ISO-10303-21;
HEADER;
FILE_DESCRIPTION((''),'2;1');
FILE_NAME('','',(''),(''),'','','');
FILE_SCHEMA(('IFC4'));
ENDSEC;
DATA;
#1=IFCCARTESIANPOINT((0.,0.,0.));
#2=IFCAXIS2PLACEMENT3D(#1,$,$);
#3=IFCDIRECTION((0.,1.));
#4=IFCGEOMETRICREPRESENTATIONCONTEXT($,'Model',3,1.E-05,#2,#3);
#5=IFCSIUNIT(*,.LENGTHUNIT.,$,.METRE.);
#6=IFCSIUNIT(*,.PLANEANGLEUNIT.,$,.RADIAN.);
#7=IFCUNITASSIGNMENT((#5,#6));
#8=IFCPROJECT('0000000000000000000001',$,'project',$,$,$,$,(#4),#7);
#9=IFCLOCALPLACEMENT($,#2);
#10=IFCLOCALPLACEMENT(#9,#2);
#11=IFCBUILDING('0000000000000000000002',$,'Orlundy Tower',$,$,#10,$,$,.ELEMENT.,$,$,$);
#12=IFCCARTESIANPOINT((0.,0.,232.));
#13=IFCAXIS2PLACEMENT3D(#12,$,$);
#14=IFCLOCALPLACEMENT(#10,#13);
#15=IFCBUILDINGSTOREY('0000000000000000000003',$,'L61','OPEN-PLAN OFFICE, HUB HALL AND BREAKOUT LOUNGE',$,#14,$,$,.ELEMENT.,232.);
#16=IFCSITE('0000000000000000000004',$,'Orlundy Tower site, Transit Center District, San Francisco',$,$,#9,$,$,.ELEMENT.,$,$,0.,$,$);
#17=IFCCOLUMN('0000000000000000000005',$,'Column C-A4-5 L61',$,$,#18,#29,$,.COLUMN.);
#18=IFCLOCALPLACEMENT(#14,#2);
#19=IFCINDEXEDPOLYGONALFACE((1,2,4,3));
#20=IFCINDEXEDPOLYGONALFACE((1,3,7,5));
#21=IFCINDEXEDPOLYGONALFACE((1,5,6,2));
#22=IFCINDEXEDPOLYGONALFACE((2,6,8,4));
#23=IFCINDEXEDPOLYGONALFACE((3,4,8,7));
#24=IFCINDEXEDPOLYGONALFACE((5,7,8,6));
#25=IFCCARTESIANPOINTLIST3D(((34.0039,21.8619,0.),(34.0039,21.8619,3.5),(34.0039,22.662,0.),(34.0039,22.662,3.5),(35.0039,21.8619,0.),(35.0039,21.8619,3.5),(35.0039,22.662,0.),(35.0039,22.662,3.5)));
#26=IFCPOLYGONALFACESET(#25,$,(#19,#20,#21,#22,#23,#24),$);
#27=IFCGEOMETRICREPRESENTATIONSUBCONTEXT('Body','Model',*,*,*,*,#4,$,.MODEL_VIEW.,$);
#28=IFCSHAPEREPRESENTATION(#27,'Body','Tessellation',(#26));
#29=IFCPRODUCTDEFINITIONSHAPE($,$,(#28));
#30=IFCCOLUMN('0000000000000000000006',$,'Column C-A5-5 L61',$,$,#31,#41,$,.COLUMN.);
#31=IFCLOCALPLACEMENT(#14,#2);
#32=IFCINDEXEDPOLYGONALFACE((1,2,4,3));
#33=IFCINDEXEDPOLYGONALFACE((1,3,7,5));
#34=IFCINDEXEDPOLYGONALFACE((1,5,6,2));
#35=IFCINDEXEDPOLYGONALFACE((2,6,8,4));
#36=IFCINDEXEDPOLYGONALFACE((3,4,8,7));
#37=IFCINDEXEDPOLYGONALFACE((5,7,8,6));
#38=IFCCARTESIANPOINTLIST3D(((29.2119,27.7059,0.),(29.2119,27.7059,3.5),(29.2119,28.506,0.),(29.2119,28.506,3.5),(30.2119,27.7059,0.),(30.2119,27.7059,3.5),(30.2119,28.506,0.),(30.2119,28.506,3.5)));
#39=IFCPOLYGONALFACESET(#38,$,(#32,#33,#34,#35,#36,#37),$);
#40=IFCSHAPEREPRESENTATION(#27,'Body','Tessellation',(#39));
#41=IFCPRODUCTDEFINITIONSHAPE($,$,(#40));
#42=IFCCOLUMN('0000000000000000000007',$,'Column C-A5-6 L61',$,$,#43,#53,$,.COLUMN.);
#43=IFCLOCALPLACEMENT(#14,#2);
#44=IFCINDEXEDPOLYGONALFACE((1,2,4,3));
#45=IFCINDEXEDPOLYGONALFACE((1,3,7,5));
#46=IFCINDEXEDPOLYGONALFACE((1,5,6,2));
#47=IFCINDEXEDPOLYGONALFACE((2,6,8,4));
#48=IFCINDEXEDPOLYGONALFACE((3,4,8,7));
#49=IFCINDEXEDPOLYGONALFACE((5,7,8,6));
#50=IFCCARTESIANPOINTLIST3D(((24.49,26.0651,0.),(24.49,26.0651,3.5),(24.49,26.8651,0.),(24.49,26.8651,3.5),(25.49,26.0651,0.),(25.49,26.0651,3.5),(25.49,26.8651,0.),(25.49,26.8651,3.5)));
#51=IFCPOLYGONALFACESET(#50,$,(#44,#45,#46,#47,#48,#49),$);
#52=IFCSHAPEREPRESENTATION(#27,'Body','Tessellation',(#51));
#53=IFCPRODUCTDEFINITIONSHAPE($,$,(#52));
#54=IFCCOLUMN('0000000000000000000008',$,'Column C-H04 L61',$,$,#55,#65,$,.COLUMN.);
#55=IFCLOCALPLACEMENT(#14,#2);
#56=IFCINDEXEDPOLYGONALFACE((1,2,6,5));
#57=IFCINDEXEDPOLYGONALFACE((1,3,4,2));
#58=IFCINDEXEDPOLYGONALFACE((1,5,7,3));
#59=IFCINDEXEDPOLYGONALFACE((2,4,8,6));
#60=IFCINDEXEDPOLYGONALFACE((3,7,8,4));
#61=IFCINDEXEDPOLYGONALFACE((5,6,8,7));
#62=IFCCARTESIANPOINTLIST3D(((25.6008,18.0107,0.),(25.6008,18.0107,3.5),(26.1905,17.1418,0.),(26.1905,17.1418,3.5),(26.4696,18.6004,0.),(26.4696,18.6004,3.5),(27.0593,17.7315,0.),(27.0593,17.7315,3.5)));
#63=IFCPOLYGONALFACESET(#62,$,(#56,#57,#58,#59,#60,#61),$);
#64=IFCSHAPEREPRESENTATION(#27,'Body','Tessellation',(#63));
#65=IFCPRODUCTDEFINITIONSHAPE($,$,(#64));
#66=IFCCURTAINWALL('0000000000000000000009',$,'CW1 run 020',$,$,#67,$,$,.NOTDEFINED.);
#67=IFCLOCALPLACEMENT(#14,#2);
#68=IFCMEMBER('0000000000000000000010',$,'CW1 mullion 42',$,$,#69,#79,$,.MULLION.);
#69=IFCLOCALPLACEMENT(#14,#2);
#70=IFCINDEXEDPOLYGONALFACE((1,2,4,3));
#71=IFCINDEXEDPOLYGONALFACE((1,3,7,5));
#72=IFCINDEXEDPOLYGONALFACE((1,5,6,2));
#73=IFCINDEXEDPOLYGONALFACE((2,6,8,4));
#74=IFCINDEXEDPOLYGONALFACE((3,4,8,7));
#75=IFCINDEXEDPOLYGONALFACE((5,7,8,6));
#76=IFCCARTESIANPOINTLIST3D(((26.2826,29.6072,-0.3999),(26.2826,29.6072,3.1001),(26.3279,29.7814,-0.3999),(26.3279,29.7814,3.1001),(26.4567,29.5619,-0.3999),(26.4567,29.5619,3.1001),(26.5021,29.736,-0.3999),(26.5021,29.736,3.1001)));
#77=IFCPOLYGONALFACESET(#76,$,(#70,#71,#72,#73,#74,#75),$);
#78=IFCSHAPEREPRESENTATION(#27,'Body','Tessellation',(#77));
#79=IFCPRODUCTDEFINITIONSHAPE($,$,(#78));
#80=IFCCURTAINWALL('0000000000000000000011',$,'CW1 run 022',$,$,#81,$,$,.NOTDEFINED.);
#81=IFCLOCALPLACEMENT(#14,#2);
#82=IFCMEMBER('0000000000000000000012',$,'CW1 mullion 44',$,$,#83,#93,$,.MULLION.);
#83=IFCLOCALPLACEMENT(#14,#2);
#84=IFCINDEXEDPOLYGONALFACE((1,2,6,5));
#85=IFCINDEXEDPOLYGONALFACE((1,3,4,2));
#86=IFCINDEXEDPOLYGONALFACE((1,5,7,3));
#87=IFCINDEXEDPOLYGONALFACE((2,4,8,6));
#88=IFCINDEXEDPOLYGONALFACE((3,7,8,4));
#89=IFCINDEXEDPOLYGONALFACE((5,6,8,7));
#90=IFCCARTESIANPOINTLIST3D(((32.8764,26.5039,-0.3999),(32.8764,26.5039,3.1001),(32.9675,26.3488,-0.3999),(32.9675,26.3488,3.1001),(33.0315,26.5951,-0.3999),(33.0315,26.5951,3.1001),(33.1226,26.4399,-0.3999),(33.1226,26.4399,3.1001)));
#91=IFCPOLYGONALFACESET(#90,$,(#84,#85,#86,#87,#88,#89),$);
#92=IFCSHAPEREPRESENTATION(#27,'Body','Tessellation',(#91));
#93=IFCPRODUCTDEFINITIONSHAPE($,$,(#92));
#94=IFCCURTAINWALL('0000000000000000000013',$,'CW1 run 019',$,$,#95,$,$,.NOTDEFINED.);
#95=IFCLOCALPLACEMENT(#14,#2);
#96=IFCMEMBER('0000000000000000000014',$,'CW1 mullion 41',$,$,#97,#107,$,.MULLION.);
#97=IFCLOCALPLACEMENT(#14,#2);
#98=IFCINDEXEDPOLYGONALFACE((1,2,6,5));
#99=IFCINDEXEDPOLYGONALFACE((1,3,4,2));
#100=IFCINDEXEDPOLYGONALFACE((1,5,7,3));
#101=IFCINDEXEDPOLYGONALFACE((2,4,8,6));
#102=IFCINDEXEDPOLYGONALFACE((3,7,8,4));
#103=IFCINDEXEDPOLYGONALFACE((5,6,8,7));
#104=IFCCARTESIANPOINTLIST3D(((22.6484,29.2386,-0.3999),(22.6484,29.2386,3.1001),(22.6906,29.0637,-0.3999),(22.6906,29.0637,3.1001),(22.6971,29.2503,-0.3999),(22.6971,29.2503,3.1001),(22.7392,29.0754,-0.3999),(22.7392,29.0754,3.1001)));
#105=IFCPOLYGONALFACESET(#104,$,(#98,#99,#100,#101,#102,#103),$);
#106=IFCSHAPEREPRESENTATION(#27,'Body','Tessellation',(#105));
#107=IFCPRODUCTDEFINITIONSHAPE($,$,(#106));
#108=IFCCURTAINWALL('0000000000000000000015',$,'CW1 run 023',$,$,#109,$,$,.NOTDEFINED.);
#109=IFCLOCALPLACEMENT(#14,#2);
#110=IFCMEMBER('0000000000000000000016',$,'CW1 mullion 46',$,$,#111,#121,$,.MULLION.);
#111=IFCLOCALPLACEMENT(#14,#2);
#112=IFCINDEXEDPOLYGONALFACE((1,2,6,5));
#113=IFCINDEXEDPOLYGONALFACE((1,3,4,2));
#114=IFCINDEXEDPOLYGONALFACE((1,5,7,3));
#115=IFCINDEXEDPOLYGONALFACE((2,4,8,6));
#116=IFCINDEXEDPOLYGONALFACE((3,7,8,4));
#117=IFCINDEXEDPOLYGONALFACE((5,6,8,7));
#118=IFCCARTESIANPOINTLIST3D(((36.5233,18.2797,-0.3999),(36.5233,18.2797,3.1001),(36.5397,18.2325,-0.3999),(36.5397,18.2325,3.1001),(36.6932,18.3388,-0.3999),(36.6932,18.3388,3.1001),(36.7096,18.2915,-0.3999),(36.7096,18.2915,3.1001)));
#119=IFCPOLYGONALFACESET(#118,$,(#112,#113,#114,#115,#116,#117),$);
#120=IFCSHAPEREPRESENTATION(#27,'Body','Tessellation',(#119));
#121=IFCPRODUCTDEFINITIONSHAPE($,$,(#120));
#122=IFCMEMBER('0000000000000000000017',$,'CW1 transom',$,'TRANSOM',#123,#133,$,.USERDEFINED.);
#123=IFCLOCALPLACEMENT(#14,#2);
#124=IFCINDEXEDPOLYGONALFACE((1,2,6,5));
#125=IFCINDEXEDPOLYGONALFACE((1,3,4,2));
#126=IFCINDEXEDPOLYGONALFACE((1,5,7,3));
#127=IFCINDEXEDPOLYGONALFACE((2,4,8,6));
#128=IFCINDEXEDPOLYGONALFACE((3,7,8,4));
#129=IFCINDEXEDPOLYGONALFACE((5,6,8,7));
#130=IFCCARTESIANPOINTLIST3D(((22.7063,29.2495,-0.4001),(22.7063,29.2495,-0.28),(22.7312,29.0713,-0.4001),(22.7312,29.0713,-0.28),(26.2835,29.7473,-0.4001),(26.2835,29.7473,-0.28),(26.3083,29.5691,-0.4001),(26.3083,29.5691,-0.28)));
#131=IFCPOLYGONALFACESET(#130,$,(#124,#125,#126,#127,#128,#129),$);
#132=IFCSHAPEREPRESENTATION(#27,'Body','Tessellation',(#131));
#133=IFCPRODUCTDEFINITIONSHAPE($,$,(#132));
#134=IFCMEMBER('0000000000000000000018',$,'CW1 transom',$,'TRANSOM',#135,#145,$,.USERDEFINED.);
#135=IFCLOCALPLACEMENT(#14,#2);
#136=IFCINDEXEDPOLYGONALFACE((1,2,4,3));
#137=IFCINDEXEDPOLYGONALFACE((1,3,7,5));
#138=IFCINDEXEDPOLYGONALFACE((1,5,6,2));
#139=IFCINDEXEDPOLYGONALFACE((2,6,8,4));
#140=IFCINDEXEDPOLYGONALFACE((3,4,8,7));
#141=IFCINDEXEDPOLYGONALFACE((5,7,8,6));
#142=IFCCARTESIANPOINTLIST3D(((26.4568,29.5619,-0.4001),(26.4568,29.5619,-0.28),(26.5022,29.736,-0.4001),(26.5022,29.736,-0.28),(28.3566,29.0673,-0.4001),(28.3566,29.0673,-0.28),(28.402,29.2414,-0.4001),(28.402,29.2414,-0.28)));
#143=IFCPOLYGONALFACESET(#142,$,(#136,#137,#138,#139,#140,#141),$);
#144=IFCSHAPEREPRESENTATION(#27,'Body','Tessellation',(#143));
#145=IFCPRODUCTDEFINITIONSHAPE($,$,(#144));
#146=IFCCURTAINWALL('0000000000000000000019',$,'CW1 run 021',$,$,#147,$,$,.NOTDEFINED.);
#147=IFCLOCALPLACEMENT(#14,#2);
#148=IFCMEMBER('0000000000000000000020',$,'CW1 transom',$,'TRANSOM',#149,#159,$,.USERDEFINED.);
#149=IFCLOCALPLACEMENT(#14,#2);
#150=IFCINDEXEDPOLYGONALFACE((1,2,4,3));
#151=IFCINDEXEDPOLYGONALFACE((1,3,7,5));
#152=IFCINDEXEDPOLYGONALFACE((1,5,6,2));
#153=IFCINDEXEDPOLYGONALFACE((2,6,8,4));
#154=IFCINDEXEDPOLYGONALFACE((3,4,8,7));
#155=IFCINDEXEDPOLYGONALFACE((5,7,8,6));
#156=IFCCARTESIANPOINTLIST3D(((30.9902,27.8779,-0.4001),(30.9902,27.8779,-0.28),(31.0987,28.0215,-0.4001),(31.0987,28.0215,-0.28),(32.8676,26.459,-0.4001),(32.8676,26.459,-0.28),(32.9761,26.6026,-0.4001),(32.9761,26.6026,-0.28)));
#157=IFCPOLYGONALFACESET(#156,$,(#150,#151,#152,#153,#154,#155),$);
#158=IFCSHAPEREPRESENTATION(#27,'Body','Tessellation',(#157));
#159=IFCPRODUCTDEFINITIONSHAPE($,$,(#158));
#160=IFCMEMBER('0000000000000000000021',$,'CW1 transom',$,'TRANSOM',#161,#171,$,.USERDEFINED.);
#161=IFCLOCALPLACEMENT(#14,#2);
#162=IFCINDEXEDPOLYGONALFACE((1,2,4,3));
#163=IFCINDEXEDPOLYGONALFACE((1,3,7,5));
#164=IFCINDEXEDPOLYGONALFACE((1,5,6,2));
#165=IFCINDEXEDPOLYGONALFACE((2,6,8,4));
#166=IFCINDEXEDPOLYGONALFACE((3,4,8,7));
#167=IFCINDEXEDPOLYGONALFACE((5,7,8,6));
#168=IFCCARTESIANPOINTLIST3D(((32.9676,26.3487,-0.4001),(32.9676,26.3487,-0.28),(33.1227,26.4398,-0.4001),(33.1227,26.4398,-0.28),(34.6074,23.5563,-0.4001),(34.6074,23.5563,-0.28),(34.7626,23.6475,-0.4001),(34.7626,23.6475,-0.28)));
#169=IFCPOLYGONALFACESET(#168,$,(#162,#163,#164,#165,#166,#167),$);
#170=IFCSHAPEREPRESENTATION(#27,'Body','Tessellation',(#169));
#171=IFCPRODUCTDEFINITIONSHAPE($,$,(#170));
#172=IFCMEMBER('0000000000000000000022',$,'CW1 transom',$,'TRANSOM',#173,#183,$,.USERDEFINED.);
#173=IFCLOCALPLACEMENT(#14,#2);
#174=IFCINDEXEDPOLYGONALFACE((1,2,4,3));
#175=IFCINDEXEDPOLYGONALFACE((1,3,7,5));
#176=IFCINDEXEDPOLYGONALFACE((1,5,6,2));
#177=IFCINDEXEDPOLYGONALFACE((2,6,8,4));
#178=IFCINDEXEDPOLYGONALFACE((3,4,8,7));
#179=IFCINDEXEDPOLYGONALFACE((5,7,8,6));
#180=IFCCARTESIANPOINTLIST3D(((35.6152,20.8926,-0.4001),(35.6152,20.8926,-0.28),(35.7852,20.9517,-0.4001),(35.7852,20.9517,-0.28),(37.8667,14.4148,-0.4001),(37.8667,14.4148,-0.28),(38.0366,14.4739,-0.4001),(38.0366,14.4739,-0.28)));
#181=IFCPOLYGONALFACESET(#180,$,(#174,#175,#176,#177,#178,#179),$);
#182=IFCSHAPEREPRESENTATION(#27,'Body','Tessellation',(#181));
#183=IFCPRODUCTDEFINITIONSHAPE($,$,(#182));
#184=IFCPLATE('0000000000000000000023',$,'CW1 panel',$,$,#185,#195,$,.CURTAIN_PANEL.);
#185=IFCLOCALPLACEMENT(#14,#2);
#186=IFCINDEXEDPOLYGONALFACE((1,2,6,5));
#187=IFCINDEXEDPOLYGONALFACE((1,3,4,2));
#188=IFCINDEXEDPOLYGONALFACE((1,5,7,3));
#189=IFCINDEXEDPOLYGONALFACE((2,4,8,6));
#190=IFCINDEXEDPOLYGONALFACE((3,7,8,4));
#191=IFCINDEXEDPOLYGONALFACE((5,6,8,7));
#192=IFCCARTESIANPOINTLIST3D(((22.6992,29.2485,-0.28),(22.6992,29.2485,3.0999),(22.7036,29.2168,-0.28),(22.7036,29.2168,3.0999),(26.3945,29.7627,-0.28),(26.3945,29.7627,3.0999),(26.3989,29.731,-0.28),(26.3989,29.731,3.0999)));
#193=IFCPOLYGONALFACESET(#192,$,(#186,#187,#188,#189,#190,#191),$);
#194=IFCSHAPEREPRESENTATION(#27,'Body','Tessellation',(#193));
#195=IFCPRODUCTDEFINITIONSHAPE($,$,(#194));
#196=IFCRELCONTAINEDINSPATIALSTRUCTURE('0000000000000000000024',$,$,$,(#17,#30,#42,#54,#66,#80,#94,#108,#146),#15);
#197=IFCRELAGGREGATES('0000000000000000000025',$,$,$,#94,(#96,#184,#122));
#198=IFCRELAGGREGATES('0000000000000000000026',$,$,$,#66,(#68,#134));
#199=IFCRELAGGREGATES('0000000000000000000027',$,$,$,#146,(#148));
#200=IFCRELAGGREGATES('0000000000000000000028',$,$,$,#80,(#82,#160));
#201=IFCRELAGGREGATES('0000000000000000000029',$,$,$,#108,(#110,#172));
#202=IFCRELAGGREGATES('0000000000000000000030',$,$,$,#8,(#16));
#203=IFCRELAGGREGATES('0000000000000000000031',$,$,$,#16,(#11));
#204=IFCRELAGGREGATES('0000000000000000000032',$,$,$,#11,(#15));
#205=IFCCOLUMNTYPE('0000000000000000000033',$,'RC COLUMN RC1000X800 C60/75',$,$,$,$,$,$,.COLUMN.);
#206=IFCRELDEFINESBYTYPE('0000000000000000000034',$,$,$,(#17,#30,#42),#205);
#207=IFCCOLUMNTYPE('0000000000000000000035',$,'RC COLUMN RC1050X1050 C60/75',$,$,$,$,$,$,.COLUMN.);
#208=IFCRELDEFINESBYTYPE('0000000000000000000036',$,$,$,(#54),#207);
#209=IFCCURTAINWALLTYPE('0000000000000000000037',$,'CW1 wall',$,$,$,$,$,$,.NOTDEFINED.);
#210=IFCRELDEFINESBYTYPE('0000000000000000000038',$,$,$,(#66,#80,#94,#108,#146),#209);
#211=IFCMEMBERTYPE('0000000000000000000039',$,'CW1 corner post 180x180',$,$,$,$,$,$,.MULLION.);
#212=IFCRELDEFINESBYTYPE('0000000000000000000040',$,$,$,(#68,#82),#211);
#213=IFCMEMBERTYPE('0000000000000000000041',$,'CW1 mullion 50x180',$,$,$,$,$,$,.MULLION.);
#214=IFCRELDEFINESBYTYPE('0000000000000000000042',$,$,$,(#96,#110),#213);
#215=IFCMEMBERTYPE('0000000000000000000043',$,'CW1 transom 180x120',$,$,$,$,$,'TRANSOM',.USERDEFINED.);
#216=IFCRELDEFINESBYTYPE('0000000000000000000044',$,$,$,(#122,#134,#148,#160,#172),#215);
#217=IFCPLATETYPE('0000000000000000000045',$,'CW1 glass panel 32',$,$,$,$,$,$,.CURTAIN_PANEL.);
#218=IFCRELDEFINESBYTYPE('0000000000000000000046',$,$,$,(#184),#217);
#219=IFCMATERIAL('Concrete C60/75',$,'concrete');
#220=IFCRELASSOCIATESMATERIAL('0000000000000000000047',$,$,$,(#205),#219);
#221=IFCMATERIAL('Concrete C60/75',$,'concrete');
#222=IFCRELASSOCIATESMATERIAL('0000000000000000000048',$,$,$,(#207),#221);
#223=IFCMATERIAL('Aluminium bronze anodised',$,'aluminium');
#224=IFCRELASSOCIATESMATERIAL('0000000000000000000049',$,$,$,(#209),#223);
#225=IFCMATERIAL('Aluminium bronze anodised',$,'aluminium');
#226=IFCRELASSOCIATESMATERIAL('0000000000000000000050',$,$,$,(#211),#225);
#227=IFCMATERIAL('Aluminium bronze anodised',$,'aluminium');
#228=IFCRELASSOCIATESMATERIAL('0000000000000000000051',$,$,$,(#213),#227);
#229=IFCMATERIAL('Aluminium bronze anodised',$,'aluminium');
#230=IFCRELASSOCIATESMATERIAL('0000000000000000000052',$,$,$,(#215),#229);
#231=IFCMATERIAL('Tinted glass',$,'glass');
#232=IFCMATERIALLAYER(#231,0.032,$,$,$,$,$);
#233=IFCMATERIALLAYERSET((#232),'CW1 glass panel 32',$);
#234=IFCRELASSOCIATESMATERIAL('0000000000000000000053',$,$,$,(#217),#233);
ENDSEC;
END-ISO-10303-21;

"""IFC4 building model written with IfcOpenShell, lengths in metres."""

from ifc_helpers import new_model, si_unit, direction, frame, origin, origin_2d, place, context, subcontext, project, spatial, rectangle, extrude, material, layer, layer_set, material_profile, profile_set, type_object, element, aggregate, save


model = new_model("IFC4")

# Units and contexts
model_context = context("Model", 3, precision=1e-05, world=origin(), true_north=direction((0.0, 1.0)))
body_context = subcontext(model_context, "Body", "Model", "MODEL_VIEW")
ifc_project = project(units=[si_unit("LENGTHUNIT", "METRE"), si_unit("PLANEANGLEUNIT", "RADIAN")], contexts=[model_context])

# Site, building, storey
site_placement = place(None, origin())
site = spatial("IfcSite", under=ifc_project, at=site_placement, Name="Orlundy Tower site, Transit Center District, San Francisco", CompositionType="ELEMENT", RefElevation=0.0)
building_placement = place(site_placement, origin())
building = spatial("IfcBuilding", under=site, at=building_placement, Name="Orlundy Tower", CompositionType="ELEMENT")
storey_placement = place(building_placement, frame((0.0, 0.0, 232.0)))
storey = spatial("IfcBuildingStorey", under=building, at=storey_placement, Name="L61", Description="OPEN-PLAN OFFICE, HUB HALL AND BREAKOUT LOUNGE", CompositionType="ELEMENT", Elevation=232.0)

# Columns
ifc_material_1 = material(Name="Concrete C60/75", Category="concrete")
ifc_material_profile_1 = material_profile(ifc_material_1, rectangle(XDim=1.0, YDim=0.8, at=origin_2d()), Name="RC1000X800")
ifc_profile_set_1 = profile_set([ifc_material_profile_1], Name="Concrete C60/75")
column_type_1 = type_object("IfcColumnType", Name="RC COLUMN RC1000X800 C60/75", PredefinedType="COLUMN", material=ifc_profile_set_1)
for number, where, z_axis, x_axis, name in (
    (1, (34.5039, 22.262, 0.0), (0.0, 0.0, 1.0), (1.0, 0.0, 0.0), "Column C-A4-5 L61"),
    (2, (29.7119, 28.106, 0.0), (0.0, 0.0, 1.0), (1.0, 0.0, 0.0), "Column C-A5-5 L61"),
    (3, (24.99, 26.4651, 0.0), (0.0, 0.0, 1.0), (1.0, 0.0, 0.0), "Column C-A5-6 L61"),
):
    element("IfcColumn", number, at=place(storey_placement, frame(where, z_axis=z_axis, x_axis=x_axis)), inside=storey, type_object=column_type_1, Name=name, PredefinedType="COLUMN", context=body_context, shape_type="SweptSolid", body=[
        extrude(rectangle(XDim=1.0, YDim=0.8, at=origin_2d()), origin(), (0.0, 0.0, 1.0), 3.5),
    ])
ifc_material_2 = material(Name="Concrete C60/75", Category="concrete")
ifc_material_profile_2 = material_profile(ifc_material_2, rectangle(XDim=1.05, YDim=1.05, at=origin_2d()), Name="RC1050X1050")
ifc_profile_set_2 = profile_set([ifc_material_profile_2], Name="Concrete C60/75")
column_type_2 = type_object("IfcColumnType", Name="RC COLUMN RC1050X1050 C60/75", PredefinedType="COLUMN", material=ifc_profile_set_2)
column_placement = place(storey_placement, frame((26.3301, 17.8711, 0.0), z_axis=(0.0, 0.0, 1.0), x_axis=(0.827414, 0.561592, 0.0)))
element("IfcColumn", 4, at=column_placement, inside=storey, type_object=column_type_2, Name="Column C-H04 L61", PredefinedType="COLUMN", context=body_context, shape_type="SweptSolid", body=[
    extrude(rectangle(XDim=1.05, YDim=1.05, at=origin_2d()), origin(), (0.0, 0.0, 1.0), 3.5),
])

# Curtain walls, members
ifc_material_3 = material(Name="Aluminium bronze anodised", Category="aluminium")
curtain_wall_type = type_object("IfcCurtainWallType", Name="CW1 wall", PredefinedType="NOTDEFINED", material=ifc_material_3)
curtain_wall_1_placement = place(storey_placement, origin())
curtain_wall_1 = element("IfcCurtainWall", 5, at=curtain_wall_1_placement, inside=storey, type_object=curtain_wall_type, Name="CW1 run 020", PredefinedType="NOTDEFINED")
ifc_material_4 = material(Name="Aluminium bronze anodised", Category="aluminium")
ifc_material_profile_3 = material_profile(ifc_material_4, rectangle(XDim=0.1799, YDim=0.1799, at=origin_2d()), Name="CW1 corner post 180x180")
ifc_profile_set_3 = profile_set([ifc_material_profile_3], Name="Aluminium bronze anodised")
member_type_1 = type_object("IfcMemberType", Name="CW1 corner post 180x180", PredefinedType="MULLION", material=ifc_profile_set_3)
member_1_placement = place(storey_placement, frame((26.3923, 29.6716, -0.3999), z_axis=(0.0, 0.0, 1.0), x_axis=(0.251983, 0.967732, 0.0)))
member_1 = element("IfcMember", 6, at=member_1_placement, type_object=member_type_1, Name="CW1 mullion 42", PredefinedType="MULLION", context=body_context, shape_type="SweptSolid", body=[
    extrude(rectangle(XDim=0.1799, YDim=0.1799, at=origin_2d()), origin(), (0.0, 0.0, 1.0), 3.5),
])
curtain_wall_2_placement = place(storey_placement, origin())
curtain_wall_2 = element("IfcCurtainWall", 7, at=curtain_wall_2_placement, inside=storey, type_object=curtain_wall_type, Name="CW1 run 022", PredefinedType="NOTDEFINED")
member_2_placement = place(storey_placement, frame((32.9995, 26.4719, -0.3999), z_axis=(0.0, 0.0, 1.0), x_axis=(0.862288, 0.506419, 0.0)))
member_2 = element("IfcMember", 8, at=member_2_placement, type_object=member_type_1, Name="CW1 mullion 44", PredefinedType="MULLION", context=body_context, shape_type="SweptSolid", body=[
    extrude(rectangle(XDim=0.1799, YDim=0.1799, at=origin_2d()), origin(), (0.0, 0.0, 1.0), 3.5),
])
curtain_wall_3_placement = place(storey_placement, origin())
curtain_wall_3 = element("IfcCurtainWall", 9, at=curtain_wall_3_placement, inside=storey, type_object=curtain_wall_type, Name="CW1 run 019", PredefinedType="NOTDEFINED")
ifc_material_5 = material(Name="Aluminium bronze anodised", Category="aluminium")
ifc_material_profile_4 = material_profile(ifc_material_5, rectangle(XDim=0.1799, YDim=0.05, at=origin_2d()), Name="CW1 mullion 50x180")
ifc_profile_set_4 = profile_set([ifc_material_profile_4], Name="Aluminium bronze anodised")
member_type_2 = type_object("IfcMemberType", Name="CW1 mullion 50x180", PredefinedType="MULLION", material=ifc_profile_set_4)
member_3_placement = place(storey_placement, frame((22.6938, 29.157, -0.3999), z_axis=(0.0, 0.0, 1.0), x_axis=(-0.234192, 0.97219, 0.0)))
member_3 = element("IfcMember", 10, at=member_3_placement, type_object=member_type_2, Name="CW1 mullion 41", PredefinedType="MULLION", context=body_context, shape_type="SweptSolid", body=[
    extrude(rectangle(XDim=0.1799, YDim=0.05, at=origin_2d()), origin(), (0.0, 0.0, 1.0), 3.5),
])
curtain_wall_4_placement = place(storey_placement, origin())
curtain_wall_4 = element("IfcCurtainWall", 11, at=curtain_wall_4_placement, inside=storey, type_object=curtain_wall_type, Name="CW1 run 023", PredefinedType="NOTDEFINED")
member_4_placement = place(storey_placement, frame((36.6165, 18.2856, -0.3999), z_axis=(0.0, 0.0, 1.0), x_axis=(0.944578, 0.328288, 0.0)))
member_4 = element("IfcMember", 12, at=member_4_placement, type_object=member_type_2, Name="CW1 mullion 46", PredefinedType="MULLION", context=body_context, shape_type="SweptSolid", body=[
    extrude(rectangle(XDim=0.1799, YDim=0.05, at=origin_2d()), origin(), (0.0, 0.0, 1.0), 3.5),
])

# Members
ifc_material_6 = material(Name="Aluminium bronze anodised", Category="aluminium")
ifc_material_profile_5 = material_profile(ifc_material_6, rectangle(XDim=0.1799, YDim=0.1201, at=origin_2d()), Name="CW1 transom 180x120")
ifc_profile_set_5 = profile_set([ifc_material_profile_5], Name="Aluminium bronze anodised")
member_type_3 = type_object("IfcMemberType", Name="CW1 transom 180x120", ElementType="TRANSOM", PredefinedType="USERDEFINED", material=ifc_profile_set_5)
member_5_placement = place(storey_placement, frame((22.7188, 29.1604, -0.3401), z_axis=(0.990455, 0.137834, 0.0), x_axis=(-0.137834, 0.990455, 0.0)))
member_5 = element("IfcMember", 13, at=member_5_placement, type_object=member_type_3, Name="CW1 transom", ObjectType="TRANSOM", PredefinedType="USERDEFINED", context=body_context, shape_type="SweptSolid", body=[
    extrude(rectangle(XDim=0.1799, YDim=0.1201, at=origin_2d()), origin(), (0.0, 0.0, 1.0), 3.6116),
])
member_6_placement = place(storey_placement, frame((26.4795, 29.6489, -0.3401), z_axis=(0.967741, -0.251946, 0.0), x_axis=(0.251946, 0.967741, 0.0)))
member_6 = element("IfcMember", 14, at=member_6_placement, type_object=member_type_3, Name="CW1 transom", ObjectType="TRANSOM", PredefinedType="USERDEFINED", context=body_context, shape_type="SweptSolid", body=[
    extrude(rectangle(XDim=0.1799, YDim=0.1201, at=origin_2d()), origin(), (0.0, 0.0, 1.0), 1.9631),
])

# Curtain wall, member
curtain_wall_5_placement = place(storey_placement, origin())
curtain_wall_5 = element("IfcCurtainWall", 15, at=curtain_wall_5_placement, inside=storey, type_object=curtain_wall_type, Name="CW1 run 021", PredefinedType="NOTDEFINED")
member_7_placement = place(storey_placement, frame((31.0444, 27.9497, -0.3401), z_axis=(0.797779, -0.60295, 0.0), x_axis=(0.60295, 0.797779, 0.0)))
member_7 = element("IfcMember", 16, at=member_7_placement, type_object=member_type_3, Name="CW1 transom", ObjectType="TRANSOM", PredefinedType="USERDEFINED", context=body_context, shape_type="SweptSolid", body=[
    extrude(rectangle(XDim=0.1799, YDim=0.1201, at=origin_2d()), origin(), (0.0, 0.0, 1.0), 2.3533),
])

# Members
member_8_placement = place(storey_placement, frame((33.0452, 26.3943, -0.3401), z_axis=(0.506391, -0.862304, 0.0), x_axis=(0.862304, 0.506391, 0.0)))
member_8 = element("IfcMember", 17, at=member_8_placement, type_object=member_type_3, Name="CW1 transom", ObjectType="TRANSOM", PredefinedType="USERDEFINED", context=body_context, shape_type="SweptSolid", body=[
    extrude(rectangle(XDim=0.1799, YDim=0.1201, at=origin_2d()), origin(), (0.0, 0.0, 1.0), 3.2383),
])
member_9_placement = place(storey_placement, frame((35.7002, 20.9221, -0.3401), z_axis=(0.328302, -0.944573, 0.0), x_axis=(0.944573, 0.328302, 0.0)))
member_9 = element("IfcMember", 18, at=member_9_placement, type_object=member_type_3, Name="CW1 transom", ObjectType="TRANSOM", PredefinedType="USERDEFINED", context=body_context, shape_type="SweptSolid", body=[
    extrude(rectangle(XDim=0.1799, YDim=0.1201, at=origin_2d()), origin(), (0.0, 0.0, 1.0), 6.8579),
])

# Plate
ifc_material_7 = material(Name="Tinted glass", Category="glass")
ifc_layer = layer(ifc_material_7, 0.032)
ifc_layer_set = layer_set([ifc_layer], Name="CW1 glass panel 32")
plate_type = type_object("IfcPlateType", Name="CW1 glass panel 32", PredefinedType="CURTAIN_PANEL", material=ifc_layer_set)
plate_1_placement = place(storey_placement, frame((24.5491, 29.4897, -0.28), z_axis=(0.0, 0.0, 1.0), x_axis=(0.990455, 0.137833, 0.0)))
plate_1 = element("IfcPlate", 19, at=plate_1_placement, type_object=plate_type, Name="CW1 panel", PredefinedType="CURTAIN_PANEL", context=body_context, shape_type="SweptSolid", body=[
    extrude(rectangle(XDim=3.731, YDim=0.032, at=origin_2d()), origin(), (0.0, 0.0, 1.0), 3.3799),
])
aggregate(curtain_wall_3, [member_3, plate_1, member_5])
aggregate(curtain_wall_1, [member_1, member_6])
aggregate(curtain_wall_5, [member_7])
aggregate(curtain_wall_2, [member_2, member_8])
aggregate(curtain_wall_4, [member_4, member_9])

save(model, "model.ifc")
